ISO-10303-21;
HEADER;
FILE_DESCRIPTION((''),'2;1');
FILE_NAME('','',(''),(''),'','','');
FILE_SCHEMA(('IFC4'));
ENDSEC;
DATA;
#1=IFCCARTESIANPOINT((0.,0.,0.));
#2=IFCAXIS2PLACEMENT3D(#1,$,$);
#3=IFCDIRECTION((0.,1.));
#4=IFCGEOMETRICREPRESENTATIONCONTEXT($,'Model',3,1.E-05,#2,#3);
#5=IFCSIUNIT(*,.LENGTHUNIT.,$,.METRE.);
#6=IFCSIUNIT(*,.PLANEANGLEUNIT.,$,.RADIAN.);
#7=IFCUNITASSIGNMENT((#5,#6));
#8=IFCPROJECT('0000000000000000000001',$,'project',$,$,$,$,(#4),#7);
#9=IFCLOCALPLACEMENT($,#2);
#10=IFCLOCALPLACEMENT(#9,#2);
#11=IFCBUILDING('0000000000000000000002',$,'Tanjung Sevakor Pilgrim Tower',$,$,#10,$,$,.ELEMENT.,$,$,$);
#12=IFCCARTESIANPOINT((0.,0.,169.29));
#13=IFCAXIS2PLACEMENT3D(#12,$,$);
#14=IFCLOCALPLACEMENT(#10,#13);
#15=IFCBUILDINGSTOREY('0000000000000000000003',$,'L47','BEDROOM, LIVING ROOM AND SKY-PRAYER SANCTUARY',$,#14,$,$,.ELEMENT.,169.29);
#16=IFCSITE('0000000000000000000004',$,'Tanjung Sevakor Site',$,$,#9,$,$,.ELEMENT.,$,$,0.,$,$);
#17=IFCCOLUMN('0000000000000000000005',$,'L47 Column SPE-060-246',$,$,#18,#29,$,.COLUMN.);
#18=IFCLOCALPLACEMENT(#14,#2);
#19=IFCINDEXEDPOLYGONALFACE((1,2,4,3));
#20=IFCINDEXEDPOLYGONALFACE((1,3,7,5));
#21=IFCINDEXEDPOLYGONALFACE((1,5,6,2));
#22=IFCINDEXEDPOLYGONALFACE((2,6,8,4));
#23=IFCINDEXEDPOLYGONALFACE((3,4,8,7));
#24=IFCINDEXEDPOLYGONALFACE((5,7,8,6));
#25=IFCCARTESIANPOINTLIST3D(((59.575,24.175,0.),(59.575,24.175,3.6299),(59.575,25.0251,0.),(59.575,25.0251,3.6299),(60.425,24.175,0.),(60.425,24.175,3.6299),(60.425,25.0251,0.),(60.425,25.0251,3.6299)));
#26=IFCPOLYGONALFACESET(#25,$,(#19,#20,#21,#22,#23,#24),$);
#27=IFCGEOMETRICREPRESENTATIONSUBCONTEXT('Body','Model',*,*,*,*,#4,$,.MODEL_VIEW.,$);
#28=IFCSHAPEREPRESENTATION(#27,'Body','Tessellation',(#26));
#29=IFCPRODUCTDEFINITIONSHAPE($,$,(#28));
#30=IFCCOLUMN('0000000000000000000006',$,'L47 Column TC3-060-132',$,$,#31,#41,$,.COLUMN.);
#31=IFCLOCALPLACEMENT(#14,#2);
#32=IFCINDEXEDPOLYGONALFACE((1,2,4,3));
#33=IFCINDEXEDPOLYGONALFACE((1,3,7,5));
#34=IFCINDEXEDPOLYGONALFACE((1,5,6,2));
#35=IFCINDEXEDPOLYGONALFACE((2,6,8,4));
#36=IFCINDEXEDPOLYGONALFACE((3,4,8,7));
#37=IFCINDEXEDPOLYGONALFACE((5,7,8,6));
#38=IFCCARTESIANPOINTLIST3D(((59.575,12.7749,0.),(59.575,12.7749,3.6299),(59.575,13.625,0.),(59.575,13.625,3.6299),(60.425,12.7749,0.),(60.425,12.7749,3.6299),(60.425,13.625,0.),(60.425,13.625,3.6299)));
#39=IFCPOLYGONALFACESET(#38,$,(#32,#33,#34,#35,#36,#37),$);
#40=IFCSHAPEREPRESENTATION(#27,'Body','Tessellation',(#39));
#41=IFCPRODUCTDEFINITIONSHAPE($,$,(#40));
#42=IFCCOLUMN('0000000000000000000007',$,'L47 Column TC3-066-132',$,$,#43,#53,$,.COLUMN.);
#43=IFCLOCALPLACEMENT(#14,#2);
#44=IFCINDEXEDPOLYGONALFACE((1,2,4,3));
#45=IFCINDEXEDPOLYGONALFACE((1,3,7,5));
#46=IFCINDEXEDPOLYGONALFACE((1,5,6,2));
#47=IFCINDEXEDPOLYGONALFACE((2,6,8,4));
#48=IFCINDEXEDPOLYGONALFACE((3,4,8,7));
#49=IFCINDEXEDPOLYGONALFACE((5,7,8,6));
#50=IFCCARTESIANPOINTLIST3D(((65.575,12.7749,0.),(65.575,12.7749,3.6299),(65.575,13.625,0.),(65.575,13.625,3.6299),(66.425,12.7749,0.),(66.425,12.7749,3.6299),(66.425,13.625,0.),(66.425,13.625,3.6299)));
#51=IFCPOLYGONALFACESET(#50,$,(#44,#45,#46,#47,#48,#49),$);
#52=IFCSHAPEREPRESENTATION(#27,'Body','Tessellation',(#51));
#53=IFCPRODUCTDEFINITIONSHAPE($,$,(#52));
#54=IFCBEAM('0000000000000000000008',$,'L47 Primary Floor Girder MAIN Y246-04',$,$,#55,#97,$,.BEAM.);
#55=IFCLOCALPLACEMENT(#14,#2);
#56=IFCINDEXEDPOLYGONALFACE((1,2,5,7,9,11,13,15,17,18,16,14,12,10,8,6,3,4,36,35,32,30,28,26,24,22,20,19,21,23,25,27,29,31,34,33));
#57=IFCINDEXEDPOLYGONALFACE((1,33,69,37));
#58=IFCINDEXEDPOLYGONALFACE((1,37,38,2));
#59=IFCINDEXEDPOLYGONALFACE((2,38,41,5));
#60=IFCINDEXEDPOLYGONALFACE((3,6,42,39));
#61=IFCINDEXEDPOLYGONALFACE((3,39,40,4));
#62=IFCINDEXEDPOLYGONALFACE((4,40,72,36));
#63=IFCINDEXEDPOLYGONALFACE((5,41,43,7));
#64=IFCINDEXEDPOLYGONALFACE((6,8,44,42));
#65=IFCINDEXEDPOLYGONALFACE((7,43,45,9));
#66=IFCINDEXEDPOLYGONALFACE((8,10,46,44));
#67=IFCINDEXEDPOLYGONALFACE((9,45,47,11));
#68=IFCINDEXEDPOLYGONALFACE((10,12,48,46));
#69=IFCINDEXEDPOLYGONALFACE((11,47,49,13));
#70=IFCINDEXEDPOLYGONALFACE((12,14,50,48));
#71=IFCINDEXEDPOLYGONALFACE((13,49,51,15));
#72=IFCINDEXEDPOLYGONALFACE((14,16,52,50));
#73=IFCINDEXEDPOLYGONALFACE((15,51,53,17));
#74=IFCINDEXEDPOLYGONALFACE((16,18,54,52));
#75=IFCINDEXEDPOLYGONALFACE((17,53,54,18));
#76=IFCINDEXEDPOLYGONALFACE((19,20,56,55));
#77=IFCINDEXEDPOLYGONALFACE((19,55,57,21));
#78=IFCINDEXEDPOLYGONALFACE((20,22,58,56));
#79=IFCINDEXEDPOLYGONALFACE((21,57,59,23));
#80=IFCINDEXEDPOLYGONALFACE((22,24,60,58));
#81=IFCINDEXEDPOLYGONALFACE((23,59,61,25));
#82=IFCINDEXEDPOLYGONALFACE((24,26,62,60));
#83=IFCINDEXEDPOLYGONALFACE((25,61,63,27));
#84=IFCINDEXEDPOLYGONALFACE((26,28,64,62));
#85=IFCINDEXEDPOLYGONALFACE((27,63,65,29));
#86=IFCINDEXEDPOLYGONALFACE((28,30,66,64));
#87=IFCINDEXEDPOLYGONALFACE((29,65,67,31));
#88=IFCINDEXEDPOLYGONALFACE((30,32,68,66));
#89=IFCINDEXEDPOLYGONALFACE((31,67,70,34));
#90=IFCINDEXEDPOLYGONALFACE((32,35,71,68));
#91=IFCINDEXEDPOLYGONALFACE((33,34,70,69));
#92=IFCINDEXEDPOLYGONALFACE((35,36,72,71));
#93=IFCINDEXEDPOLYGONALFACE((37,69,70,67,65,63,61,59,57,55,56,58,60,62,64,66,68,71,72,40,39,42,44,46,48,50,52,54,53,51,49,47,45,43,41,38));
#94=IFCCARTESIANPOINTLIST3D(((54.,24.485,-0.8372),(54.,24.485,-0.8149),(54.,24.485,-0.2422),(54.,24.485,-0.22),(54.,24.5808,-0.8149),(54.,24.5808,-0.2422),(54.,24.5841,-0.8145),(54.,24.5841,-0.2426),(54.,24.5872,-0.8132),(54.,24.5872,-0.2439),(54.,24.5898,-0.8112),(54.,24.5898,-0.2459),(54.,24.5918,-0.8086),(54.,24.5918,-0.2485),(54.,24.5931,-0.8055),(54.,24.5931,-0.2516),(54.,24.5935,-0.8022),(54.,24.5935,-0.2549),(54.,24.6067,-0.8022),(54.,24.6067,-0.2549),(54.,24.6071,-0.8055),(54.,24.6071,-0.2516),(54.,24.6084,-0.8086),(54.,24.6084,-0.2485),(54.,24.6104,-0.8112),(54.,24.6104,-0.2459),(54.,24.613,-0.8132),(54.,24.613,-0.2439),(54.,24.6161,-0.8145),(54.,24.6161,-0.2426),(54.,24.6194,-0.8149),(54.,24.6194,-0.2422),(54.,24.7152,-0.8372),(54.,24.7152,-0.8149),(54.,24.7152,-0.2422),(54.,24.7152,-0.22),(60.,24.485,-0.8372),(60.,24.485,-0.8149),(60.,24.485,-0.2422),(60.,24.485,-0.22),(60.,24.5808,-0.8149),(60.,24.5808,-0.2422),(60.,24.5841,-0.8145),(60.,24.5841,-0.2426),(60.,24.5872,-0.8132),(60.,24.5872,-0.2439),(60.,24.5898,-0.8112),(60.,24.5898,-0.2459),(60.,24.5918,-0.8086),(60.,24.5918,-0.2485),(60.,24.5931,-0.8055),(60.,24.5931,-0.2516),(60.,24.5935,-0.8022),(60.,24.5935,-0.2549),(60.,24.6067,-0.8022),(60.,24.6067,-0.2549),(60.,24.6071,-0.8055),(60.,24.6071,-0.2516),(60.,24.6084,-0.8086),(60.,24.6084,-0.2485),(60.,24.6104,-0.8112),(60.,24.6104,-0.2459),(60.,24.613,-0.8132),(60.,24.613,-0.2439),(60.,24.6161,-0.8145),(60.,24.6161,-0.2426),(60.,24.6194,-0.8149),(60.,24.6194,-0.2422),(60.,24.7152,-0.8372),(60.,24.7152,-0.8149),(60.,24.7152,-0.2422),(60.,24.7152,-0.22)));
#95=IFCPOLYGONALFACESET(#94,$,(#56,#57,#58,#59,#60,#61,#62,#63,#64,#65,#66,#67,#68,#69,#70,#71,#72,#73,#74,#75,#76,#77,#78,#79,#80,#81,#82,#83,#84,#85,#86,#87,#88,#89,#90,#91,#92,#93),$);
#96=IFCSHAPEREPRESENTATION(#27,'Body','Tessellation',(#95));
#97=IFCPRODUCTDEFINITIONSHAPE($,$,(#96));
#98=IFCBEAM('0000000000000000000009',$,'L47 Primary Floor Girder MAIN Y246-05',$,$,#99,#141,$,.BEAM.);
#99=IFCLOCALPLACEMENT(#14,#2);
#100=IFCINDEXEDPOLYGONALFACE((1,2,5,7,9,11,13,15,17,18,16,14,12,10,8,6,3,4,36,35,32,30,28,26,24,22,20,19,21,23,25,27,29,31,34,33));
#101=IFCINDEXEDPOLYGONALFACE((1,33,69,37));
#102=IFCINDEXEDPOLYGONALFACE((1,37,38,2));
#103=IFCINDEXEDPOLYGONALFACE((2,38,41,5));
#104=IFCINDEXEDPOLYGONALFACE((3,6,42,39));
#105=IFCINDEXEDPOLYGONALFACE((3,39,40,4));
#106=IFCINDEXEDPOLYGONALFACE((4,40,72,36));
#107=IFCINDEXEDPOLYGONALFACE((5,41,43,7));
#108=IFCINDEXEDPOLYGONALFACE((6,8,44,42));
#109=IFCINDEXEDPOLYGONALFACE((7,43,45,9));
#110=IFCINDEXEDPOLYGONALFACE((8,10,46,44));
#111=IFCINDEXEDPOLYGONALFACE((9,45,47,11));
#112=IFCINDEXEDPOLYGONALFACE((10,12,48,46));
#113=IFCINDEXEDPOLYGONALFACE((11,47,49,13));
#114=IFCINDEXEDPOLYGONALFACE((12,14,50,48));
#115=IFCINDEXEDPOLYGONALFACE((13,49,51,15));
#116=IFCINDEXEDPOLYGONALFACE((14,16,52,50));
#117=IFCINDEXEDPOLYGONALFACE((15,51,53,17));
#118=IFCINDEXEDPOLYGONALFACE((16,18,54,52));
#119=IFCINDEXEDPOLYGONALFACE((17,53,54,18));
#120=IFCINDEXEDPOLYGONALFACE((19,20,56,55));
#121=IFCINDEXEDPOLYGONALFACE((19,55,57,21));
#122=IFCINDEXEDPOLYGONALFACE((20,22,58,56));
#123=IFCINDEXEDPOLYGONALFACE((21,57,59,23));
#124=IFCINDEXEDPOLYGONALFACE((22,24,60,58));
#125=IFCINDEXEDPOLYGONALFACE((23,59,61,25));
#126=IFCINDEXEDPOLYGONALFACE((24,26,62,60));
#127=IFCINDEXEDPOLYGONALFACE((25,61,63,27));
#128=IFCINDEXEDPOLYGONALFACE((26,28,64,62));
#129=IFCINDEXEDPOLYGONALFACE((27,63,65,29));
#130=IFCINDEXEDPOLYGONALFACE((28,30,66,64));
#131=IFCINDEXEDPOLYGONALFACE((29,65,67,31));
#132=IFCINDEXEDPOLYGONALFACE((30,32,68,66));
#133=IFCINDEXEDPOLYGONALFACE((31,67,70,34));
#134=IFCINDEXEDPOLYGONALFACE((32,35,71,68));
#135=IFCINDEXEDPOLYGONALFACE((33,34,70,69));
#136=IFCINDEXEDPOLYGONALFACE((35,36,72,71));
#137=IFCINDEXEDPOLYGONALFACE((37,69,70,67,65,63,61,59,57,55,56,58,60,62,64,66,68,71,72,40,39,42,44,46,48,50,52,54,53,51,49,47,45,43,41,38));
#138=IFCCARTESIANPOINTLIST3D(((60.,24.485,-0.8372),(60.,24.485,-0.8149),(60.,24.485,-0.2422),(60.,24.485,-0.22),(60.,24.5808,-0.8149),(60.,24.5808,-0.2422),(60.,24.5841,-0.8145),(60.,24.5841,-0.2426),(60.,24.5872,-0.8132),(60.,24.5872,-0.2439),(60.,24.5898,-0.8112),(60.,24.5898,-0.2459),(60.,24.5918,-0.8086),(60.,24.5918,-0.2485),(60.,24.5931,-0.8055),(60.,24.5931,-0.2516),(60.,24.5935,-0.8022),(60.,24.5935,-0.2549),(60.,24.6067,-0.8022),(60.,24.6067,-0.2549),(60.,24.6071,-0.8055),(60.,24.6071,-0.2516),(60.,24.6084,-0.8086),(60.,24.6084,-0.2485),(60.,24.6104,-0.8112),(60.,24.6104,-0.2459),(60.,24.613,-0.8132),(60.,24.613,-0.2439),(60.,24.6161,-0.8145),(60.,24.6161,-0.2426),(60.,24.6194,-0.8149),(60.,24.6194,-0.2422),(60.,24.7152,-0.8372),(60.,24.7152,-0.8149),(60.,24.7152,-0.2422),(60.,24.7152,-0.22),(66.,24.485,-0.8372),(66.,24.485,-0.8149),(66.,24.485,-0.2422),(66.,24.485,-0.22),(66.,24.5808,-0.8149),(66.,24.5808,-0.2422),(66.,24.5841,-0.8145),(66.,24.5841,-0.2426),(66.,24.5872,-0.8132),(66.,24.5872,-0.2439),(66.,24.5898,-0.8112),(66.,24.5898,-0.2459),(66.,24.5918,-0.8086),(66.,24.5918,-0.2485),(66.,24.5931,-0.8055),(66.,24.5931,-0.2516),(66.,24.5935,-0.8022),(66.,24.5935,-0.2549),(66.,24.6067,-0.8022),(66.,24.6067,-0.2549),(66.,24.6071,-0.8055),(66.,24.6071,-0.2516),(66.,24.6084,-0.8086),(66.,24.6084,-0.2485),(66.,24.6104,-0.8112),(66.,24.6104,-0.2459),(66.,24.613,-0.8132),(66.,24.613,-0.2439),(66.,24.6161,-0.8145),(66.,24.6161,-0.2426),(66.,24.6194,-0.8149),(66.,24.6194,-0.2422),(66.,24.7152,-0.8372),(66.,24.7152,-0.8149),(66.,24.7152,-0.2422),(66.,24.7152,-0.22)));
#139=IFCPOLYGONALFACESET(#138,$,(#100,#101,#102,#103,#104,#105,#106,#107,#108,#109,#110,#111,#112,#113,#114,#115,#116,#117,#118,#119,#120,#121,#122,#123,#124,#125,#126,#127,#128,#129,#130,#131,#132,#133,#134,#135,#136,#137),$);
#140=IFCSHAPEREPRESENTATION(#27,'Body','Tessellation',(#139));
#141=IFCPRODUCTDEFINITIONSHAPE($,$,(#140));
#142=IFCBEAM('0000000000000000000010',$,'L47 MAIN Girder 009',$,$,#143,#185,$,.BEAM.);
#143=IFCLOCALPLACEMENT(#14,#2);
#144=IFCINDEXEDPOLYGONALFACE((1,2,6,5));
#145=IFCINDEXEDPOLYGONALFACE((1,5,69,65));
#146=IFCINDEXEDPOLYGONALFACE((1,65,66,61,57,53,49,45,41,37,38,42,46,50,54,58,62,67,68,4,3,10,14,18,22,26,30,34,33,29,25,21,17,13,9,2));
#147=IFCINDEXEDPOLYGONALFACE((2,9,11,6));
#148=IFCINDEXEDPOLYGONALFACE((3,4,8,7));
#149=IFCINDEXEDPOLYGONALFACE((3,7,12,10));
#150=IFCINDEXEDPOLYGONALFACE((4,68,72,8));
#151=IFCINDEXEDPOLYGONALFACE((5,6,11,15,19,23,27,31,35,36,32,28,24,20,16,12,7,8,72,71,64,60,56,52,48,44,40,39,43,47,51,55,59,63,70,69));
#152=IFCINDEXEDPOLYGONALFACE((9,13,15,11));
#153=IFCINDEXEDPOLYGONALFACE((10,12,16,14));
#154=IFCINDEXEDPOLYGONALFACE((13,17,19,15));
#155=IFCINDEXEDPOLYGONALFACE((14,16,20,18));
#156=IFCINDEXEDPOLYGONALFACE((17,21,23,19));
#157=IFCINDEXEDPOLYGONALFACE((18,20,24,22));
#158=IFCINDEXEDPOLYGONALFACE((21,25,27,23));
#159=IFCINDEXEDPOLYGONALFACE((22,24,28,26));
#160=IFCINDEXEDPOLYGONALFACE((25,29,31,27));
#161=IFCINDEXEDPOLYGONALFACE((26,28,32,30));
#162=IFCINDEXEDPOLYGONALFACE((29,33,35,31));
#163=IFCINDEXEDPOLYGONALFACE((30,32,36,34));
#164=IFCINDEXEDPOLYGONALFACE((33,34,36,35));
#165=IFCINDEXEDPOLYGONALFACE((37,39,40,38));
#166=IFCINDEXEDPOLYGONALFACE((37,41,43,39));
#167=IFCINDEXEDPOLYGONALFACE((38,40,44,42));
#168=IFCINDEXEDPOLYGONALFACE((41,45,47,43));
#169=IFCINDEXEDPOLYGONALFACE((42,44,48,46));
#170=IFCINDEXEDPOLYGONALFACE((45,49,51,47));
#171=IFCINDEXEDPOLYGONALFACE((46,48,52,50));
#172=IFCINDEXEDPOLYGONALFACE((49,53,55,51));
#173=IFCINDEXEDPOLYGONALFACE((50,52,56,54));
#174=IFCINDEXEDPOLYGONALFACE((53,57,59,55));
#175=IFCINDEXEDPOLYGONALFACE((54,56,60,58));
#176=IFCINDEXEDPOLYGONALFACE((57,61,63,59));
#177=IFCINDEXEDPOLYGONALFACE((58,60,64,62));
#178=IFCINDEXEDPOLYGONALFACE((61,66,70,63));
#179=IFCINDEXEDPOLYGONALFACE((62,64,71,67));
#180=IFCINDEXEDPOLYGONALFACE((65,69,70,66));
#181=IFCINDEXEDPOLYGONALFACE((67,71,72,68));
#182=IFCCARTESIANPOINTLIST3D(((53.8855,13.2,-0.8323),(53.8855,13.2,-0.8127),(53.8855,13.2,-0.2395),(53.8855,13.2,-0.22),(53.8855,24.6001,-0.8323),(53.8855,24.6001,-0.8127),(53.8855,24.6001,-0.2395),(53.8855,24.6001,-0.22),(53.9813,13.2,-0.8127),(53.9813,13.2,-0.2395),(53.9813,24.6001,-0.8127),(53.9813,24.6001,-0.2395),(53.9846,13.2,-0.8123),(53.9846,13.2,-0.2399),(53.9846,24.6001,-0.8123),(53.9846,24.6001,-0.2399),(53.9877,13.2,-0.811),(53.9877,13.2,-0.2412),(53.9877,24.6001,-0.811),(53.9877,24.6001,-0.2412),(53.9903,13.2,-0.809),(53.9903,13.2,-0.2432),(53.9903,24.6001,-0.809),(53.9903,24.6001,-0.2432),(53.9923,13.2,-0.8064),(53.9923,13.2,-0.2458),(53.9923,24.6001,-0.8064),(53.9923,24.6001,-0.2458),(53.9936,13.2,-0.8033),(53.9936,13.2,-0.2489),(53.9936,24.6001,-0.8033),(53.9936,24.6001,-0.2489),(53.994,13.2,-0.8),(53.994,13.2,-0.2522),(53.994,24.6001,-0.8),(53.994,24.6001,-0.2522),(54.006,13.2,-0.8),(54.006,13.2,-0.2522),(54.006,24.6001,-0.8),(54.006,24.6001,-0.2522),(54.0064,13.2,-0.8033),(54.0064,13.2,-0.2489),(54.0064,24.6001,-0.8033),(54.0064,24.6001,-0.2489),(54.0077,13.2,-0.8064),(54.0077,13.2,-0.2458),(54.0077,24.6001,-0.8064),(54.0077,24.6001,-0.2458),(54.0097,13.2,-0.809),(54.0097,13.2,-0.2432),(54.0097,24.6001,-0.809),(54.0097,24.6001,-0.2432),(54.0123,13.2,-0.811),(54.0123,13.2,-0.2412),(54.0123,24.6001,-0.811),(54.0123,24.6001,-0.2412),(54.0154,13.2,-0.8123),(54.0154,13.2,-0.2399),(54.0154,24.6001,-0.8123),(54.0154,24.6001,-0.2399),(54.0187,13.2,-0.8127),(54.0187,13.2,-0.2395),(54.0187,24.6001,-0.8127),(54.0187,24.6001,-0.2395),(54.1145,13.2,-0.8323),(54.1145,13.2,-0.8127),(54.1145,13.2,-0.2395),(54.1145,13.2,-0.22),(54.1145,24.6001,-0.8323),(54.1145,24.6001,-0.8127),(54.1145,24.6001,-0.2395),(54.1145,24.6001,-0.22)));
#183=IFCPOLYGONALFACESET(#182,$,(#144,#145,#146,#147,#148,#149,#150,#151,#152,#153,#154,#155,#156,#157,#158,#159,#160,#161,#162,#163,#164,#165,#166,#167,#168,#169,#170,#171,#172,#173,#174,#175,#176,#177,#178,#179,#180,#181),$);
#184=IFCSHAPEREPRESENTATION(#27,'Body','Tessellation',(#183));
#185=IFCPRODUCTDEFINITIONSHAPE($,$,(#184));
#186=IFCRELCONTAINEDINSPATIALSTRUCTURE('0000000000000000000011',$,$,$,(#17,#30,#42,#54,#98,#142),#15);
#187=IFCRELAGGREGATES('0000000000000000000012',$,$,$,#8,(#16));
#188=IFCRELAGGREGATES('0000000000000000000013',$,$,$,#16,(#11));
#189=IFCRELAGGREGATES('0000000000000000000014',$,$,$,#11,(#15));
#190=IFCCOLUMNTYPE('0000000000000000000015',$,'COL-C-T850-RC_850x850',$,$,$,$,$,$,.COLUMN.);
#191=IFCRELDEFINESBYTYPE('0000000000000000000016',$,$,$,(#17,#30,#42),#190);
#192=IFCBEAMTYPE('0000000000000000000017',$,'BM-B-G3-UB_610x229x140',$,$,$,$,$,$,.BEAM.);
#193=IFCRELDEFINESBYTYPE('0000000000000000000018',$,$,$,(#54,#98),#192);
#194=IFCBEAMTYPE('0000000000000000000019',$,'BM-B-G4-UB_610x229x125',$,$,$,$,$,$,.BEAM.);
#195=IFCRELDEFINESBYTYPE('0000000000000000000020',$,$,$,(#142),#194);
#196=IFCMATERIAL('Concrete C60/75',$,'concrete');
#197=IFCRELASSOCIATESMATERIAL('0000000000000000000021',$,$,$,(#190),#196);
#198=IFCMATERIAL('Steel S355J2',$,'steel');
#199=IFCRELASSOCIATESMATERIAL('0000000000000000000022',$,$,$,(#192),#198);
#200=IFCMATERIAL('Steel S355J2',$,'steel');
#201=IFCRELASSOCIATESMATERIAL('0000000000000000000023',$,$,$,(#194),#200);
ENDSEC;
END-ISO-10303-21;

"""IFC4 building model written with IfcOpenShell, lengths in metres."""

from ifc_helpers import new_model, si_unit, direction, frame, origin, origin_2d, place, context, subcontext, project, spatial, rectangle, i_section, extrude, material, material_profile, profile_set, type_object, element, save


model = new_model("IFC4")

# Units and contexts
model_context = context("Model", 3, precision=1e-05, world=origin(), true_north=direction((0.0, 1.0)))
body_context = subcontext(model_context, "Body", "Model", "MODEL_VIEW")
ifc_project = project(units=[si_unit("LENGTHUNIT", "METRE"), si_unit("PLANEANGLEUNIT", "RADIAN")], contexts=[model_context])

# Site, building, storey
site_placement = place(None, origin())
site = spatial("IfcSite", under=ifc_project, at=site_placement, Name="Tanjung Sevakor Site", CompositionType="ELEMENT", RefElevation=0.0)
building_placement = place(site_placement, origin())
building = spatial("IfcBuilding", under=site, at=building_placement, Name="Tanjung Sevakor Pilgrim Tower", CompositionType="ELEMENT")
storey_placement = place(building_placement, frame((0.0, 0.0, 169.29)))
storey = spatial("IfcBuildingStorey", under=building, at=storey_placement, Name="L47", Description="BEDROOM, LIVING ROOM AND SKY-PRAYER SANCTUARY", CompositionType="ELEMENT", Elevation=169.29)

# Columns
ifc_material_1 = material(Name="Concrete C60/75", Category="concrete")
ifc_material_profile_1 = material_profile(ifc_material_1, rectangle(XDim=0.8501, YDim=0.8501, at=origin_2d()))
ifc_profile_set_1 = profile_set([ifc_material_profile_1], Name="Concrete C60/75")
column_type = type_object("IfcColumnType", Name="COL-C-T850-RC_850x850", PredefinedType="COLUMN", material=ifc_profile_set_1)
for number, where, z_axis, x_axis, name in (
    (1, (60.0, 24.6001, 0.0), (0.0, 0.0, 1.0), (1.0, 0.0, 0.0), "L47 Column SPE-060-246"),
    (2, (60.0, 13.2, 0.0), (0.0, 0.0, 1.0), (1.0, 0.0, 0.0), "L47 Column TC3-060-132"),
    (3, (66.0, 13.2, 0.0), (0.0, 0.0, 1.0), (1.0, 0.0, 0.0), "L47 Column TC3-066-132"),
):
    element("IfcColumn", number, at=place(storey_placement, frame(where, z_axis=z_axis, x_axis=x_axis)), inside=storey, type_object=column_type, Name=name, PredefinedType="COLUMN", context=body_context, shape_type="SweptSolid", body=[
        extrude(rectangle(XDim=0.8501, YDim=0.8501, at=origin_2d()), origin(), (0.0, 0.0, 1.0), 3.6299),
    ])

# Beams
ifc_material_2 = material(Name="Steel S355J2", Category="steel")
ifc_material_profile_2 = material_profile(ifc_material_2, i_section(OverallWidth=0.2302, OverallDepth=0.6172, WebThickness=0.0132, FlangeThickness=0.0222, FilletRadius=0.0127, at=origin_2d()))
ifc_profile_set_2 = profile_set([ifc_material_profile_2], Name="Steel S355J2")
beam_type_1 = type_object("IfcBeamType", Name="BM-B-G3-UB_610x229x140", PredefinedType="BEAM", material=ifc_profile_set_2)
for number, where, z_axis, x_axis, name in (
    (4, (54.0, 24.6001, -0.5286), (1.0, 0.0, 0.0), (0.0, 1.0, 0.0), "L47 Primary Floor Girder MAIN Y246-04"),
    (5, (60.0, 24.6001, -0.5286), (1.0, 0.0, 0.0), (0.0, 1.0, 0.0), "L47 Primary Floor Girder MAIN Y246-05"),
):
    element("IfcBeam", number, at=place(storey_placement, frame(where, z_axis=z_axis, x_axis=x_axis)), inside=storey, type_object=beam_type_1, Name=name, PredefinedType="BEAM", context=body_context, shape_type="SweptSolid", body=[
        extrude(i_section(OverallWidth=0.2302, OverallDepth=0.6172, WebThickness=0.0132, FlangeThickness=0.0222, FilletRadius=0.0127, at=origin_2d()), origin(), (0.0, 0.0, 1.0), 6.0),
    ])
ifc_material_3 = material(Name="Steel S355J2", Category="steel")
ifc_material_profile_3 = material_profile(ifc_material_3, i_section(OverallWidth=0.229, OverallDepth=0.6123, WebThickness=0.012, FlangeThickness=0.0195, FilletRadius=0.0127, at=origin_2d()))
ifc_profile_set_3 = profile_set([ifc_material_profile_3], Name="Steel S355J2")
beam_type_2 = type_object("IfcBeamType", Name="BM-B-G4-UB_610x229x125", PredefinedType="BEAM", material=ifc_profile_set_3)
beam_1_placement = place(storey_placement, frame((54.0, 13.2, -0.5261), z_axis=(0.0, 1.0, 0.0), x_axis=(-1.0, 0.0, 0.0)))
element("IfcBeam", 6, at=beam_1_placement, inside=storey, type_object=beam_type_2, Name="L47 MAIN Girder 009", PredefinedType="BEAM", context=body_context, shape_type="SweptSolid", body=[
    extrude(i_section(OverallWidth=0.229, OverallDepth=0.6123, WebThickness=0.012, FlangeThickness=0.0195, FilletRadius=0.0127, at=origin_2d()), origin(), (0.0, 0.0, 1.0), 11.4001),
])

save(model, "model.ifc")
